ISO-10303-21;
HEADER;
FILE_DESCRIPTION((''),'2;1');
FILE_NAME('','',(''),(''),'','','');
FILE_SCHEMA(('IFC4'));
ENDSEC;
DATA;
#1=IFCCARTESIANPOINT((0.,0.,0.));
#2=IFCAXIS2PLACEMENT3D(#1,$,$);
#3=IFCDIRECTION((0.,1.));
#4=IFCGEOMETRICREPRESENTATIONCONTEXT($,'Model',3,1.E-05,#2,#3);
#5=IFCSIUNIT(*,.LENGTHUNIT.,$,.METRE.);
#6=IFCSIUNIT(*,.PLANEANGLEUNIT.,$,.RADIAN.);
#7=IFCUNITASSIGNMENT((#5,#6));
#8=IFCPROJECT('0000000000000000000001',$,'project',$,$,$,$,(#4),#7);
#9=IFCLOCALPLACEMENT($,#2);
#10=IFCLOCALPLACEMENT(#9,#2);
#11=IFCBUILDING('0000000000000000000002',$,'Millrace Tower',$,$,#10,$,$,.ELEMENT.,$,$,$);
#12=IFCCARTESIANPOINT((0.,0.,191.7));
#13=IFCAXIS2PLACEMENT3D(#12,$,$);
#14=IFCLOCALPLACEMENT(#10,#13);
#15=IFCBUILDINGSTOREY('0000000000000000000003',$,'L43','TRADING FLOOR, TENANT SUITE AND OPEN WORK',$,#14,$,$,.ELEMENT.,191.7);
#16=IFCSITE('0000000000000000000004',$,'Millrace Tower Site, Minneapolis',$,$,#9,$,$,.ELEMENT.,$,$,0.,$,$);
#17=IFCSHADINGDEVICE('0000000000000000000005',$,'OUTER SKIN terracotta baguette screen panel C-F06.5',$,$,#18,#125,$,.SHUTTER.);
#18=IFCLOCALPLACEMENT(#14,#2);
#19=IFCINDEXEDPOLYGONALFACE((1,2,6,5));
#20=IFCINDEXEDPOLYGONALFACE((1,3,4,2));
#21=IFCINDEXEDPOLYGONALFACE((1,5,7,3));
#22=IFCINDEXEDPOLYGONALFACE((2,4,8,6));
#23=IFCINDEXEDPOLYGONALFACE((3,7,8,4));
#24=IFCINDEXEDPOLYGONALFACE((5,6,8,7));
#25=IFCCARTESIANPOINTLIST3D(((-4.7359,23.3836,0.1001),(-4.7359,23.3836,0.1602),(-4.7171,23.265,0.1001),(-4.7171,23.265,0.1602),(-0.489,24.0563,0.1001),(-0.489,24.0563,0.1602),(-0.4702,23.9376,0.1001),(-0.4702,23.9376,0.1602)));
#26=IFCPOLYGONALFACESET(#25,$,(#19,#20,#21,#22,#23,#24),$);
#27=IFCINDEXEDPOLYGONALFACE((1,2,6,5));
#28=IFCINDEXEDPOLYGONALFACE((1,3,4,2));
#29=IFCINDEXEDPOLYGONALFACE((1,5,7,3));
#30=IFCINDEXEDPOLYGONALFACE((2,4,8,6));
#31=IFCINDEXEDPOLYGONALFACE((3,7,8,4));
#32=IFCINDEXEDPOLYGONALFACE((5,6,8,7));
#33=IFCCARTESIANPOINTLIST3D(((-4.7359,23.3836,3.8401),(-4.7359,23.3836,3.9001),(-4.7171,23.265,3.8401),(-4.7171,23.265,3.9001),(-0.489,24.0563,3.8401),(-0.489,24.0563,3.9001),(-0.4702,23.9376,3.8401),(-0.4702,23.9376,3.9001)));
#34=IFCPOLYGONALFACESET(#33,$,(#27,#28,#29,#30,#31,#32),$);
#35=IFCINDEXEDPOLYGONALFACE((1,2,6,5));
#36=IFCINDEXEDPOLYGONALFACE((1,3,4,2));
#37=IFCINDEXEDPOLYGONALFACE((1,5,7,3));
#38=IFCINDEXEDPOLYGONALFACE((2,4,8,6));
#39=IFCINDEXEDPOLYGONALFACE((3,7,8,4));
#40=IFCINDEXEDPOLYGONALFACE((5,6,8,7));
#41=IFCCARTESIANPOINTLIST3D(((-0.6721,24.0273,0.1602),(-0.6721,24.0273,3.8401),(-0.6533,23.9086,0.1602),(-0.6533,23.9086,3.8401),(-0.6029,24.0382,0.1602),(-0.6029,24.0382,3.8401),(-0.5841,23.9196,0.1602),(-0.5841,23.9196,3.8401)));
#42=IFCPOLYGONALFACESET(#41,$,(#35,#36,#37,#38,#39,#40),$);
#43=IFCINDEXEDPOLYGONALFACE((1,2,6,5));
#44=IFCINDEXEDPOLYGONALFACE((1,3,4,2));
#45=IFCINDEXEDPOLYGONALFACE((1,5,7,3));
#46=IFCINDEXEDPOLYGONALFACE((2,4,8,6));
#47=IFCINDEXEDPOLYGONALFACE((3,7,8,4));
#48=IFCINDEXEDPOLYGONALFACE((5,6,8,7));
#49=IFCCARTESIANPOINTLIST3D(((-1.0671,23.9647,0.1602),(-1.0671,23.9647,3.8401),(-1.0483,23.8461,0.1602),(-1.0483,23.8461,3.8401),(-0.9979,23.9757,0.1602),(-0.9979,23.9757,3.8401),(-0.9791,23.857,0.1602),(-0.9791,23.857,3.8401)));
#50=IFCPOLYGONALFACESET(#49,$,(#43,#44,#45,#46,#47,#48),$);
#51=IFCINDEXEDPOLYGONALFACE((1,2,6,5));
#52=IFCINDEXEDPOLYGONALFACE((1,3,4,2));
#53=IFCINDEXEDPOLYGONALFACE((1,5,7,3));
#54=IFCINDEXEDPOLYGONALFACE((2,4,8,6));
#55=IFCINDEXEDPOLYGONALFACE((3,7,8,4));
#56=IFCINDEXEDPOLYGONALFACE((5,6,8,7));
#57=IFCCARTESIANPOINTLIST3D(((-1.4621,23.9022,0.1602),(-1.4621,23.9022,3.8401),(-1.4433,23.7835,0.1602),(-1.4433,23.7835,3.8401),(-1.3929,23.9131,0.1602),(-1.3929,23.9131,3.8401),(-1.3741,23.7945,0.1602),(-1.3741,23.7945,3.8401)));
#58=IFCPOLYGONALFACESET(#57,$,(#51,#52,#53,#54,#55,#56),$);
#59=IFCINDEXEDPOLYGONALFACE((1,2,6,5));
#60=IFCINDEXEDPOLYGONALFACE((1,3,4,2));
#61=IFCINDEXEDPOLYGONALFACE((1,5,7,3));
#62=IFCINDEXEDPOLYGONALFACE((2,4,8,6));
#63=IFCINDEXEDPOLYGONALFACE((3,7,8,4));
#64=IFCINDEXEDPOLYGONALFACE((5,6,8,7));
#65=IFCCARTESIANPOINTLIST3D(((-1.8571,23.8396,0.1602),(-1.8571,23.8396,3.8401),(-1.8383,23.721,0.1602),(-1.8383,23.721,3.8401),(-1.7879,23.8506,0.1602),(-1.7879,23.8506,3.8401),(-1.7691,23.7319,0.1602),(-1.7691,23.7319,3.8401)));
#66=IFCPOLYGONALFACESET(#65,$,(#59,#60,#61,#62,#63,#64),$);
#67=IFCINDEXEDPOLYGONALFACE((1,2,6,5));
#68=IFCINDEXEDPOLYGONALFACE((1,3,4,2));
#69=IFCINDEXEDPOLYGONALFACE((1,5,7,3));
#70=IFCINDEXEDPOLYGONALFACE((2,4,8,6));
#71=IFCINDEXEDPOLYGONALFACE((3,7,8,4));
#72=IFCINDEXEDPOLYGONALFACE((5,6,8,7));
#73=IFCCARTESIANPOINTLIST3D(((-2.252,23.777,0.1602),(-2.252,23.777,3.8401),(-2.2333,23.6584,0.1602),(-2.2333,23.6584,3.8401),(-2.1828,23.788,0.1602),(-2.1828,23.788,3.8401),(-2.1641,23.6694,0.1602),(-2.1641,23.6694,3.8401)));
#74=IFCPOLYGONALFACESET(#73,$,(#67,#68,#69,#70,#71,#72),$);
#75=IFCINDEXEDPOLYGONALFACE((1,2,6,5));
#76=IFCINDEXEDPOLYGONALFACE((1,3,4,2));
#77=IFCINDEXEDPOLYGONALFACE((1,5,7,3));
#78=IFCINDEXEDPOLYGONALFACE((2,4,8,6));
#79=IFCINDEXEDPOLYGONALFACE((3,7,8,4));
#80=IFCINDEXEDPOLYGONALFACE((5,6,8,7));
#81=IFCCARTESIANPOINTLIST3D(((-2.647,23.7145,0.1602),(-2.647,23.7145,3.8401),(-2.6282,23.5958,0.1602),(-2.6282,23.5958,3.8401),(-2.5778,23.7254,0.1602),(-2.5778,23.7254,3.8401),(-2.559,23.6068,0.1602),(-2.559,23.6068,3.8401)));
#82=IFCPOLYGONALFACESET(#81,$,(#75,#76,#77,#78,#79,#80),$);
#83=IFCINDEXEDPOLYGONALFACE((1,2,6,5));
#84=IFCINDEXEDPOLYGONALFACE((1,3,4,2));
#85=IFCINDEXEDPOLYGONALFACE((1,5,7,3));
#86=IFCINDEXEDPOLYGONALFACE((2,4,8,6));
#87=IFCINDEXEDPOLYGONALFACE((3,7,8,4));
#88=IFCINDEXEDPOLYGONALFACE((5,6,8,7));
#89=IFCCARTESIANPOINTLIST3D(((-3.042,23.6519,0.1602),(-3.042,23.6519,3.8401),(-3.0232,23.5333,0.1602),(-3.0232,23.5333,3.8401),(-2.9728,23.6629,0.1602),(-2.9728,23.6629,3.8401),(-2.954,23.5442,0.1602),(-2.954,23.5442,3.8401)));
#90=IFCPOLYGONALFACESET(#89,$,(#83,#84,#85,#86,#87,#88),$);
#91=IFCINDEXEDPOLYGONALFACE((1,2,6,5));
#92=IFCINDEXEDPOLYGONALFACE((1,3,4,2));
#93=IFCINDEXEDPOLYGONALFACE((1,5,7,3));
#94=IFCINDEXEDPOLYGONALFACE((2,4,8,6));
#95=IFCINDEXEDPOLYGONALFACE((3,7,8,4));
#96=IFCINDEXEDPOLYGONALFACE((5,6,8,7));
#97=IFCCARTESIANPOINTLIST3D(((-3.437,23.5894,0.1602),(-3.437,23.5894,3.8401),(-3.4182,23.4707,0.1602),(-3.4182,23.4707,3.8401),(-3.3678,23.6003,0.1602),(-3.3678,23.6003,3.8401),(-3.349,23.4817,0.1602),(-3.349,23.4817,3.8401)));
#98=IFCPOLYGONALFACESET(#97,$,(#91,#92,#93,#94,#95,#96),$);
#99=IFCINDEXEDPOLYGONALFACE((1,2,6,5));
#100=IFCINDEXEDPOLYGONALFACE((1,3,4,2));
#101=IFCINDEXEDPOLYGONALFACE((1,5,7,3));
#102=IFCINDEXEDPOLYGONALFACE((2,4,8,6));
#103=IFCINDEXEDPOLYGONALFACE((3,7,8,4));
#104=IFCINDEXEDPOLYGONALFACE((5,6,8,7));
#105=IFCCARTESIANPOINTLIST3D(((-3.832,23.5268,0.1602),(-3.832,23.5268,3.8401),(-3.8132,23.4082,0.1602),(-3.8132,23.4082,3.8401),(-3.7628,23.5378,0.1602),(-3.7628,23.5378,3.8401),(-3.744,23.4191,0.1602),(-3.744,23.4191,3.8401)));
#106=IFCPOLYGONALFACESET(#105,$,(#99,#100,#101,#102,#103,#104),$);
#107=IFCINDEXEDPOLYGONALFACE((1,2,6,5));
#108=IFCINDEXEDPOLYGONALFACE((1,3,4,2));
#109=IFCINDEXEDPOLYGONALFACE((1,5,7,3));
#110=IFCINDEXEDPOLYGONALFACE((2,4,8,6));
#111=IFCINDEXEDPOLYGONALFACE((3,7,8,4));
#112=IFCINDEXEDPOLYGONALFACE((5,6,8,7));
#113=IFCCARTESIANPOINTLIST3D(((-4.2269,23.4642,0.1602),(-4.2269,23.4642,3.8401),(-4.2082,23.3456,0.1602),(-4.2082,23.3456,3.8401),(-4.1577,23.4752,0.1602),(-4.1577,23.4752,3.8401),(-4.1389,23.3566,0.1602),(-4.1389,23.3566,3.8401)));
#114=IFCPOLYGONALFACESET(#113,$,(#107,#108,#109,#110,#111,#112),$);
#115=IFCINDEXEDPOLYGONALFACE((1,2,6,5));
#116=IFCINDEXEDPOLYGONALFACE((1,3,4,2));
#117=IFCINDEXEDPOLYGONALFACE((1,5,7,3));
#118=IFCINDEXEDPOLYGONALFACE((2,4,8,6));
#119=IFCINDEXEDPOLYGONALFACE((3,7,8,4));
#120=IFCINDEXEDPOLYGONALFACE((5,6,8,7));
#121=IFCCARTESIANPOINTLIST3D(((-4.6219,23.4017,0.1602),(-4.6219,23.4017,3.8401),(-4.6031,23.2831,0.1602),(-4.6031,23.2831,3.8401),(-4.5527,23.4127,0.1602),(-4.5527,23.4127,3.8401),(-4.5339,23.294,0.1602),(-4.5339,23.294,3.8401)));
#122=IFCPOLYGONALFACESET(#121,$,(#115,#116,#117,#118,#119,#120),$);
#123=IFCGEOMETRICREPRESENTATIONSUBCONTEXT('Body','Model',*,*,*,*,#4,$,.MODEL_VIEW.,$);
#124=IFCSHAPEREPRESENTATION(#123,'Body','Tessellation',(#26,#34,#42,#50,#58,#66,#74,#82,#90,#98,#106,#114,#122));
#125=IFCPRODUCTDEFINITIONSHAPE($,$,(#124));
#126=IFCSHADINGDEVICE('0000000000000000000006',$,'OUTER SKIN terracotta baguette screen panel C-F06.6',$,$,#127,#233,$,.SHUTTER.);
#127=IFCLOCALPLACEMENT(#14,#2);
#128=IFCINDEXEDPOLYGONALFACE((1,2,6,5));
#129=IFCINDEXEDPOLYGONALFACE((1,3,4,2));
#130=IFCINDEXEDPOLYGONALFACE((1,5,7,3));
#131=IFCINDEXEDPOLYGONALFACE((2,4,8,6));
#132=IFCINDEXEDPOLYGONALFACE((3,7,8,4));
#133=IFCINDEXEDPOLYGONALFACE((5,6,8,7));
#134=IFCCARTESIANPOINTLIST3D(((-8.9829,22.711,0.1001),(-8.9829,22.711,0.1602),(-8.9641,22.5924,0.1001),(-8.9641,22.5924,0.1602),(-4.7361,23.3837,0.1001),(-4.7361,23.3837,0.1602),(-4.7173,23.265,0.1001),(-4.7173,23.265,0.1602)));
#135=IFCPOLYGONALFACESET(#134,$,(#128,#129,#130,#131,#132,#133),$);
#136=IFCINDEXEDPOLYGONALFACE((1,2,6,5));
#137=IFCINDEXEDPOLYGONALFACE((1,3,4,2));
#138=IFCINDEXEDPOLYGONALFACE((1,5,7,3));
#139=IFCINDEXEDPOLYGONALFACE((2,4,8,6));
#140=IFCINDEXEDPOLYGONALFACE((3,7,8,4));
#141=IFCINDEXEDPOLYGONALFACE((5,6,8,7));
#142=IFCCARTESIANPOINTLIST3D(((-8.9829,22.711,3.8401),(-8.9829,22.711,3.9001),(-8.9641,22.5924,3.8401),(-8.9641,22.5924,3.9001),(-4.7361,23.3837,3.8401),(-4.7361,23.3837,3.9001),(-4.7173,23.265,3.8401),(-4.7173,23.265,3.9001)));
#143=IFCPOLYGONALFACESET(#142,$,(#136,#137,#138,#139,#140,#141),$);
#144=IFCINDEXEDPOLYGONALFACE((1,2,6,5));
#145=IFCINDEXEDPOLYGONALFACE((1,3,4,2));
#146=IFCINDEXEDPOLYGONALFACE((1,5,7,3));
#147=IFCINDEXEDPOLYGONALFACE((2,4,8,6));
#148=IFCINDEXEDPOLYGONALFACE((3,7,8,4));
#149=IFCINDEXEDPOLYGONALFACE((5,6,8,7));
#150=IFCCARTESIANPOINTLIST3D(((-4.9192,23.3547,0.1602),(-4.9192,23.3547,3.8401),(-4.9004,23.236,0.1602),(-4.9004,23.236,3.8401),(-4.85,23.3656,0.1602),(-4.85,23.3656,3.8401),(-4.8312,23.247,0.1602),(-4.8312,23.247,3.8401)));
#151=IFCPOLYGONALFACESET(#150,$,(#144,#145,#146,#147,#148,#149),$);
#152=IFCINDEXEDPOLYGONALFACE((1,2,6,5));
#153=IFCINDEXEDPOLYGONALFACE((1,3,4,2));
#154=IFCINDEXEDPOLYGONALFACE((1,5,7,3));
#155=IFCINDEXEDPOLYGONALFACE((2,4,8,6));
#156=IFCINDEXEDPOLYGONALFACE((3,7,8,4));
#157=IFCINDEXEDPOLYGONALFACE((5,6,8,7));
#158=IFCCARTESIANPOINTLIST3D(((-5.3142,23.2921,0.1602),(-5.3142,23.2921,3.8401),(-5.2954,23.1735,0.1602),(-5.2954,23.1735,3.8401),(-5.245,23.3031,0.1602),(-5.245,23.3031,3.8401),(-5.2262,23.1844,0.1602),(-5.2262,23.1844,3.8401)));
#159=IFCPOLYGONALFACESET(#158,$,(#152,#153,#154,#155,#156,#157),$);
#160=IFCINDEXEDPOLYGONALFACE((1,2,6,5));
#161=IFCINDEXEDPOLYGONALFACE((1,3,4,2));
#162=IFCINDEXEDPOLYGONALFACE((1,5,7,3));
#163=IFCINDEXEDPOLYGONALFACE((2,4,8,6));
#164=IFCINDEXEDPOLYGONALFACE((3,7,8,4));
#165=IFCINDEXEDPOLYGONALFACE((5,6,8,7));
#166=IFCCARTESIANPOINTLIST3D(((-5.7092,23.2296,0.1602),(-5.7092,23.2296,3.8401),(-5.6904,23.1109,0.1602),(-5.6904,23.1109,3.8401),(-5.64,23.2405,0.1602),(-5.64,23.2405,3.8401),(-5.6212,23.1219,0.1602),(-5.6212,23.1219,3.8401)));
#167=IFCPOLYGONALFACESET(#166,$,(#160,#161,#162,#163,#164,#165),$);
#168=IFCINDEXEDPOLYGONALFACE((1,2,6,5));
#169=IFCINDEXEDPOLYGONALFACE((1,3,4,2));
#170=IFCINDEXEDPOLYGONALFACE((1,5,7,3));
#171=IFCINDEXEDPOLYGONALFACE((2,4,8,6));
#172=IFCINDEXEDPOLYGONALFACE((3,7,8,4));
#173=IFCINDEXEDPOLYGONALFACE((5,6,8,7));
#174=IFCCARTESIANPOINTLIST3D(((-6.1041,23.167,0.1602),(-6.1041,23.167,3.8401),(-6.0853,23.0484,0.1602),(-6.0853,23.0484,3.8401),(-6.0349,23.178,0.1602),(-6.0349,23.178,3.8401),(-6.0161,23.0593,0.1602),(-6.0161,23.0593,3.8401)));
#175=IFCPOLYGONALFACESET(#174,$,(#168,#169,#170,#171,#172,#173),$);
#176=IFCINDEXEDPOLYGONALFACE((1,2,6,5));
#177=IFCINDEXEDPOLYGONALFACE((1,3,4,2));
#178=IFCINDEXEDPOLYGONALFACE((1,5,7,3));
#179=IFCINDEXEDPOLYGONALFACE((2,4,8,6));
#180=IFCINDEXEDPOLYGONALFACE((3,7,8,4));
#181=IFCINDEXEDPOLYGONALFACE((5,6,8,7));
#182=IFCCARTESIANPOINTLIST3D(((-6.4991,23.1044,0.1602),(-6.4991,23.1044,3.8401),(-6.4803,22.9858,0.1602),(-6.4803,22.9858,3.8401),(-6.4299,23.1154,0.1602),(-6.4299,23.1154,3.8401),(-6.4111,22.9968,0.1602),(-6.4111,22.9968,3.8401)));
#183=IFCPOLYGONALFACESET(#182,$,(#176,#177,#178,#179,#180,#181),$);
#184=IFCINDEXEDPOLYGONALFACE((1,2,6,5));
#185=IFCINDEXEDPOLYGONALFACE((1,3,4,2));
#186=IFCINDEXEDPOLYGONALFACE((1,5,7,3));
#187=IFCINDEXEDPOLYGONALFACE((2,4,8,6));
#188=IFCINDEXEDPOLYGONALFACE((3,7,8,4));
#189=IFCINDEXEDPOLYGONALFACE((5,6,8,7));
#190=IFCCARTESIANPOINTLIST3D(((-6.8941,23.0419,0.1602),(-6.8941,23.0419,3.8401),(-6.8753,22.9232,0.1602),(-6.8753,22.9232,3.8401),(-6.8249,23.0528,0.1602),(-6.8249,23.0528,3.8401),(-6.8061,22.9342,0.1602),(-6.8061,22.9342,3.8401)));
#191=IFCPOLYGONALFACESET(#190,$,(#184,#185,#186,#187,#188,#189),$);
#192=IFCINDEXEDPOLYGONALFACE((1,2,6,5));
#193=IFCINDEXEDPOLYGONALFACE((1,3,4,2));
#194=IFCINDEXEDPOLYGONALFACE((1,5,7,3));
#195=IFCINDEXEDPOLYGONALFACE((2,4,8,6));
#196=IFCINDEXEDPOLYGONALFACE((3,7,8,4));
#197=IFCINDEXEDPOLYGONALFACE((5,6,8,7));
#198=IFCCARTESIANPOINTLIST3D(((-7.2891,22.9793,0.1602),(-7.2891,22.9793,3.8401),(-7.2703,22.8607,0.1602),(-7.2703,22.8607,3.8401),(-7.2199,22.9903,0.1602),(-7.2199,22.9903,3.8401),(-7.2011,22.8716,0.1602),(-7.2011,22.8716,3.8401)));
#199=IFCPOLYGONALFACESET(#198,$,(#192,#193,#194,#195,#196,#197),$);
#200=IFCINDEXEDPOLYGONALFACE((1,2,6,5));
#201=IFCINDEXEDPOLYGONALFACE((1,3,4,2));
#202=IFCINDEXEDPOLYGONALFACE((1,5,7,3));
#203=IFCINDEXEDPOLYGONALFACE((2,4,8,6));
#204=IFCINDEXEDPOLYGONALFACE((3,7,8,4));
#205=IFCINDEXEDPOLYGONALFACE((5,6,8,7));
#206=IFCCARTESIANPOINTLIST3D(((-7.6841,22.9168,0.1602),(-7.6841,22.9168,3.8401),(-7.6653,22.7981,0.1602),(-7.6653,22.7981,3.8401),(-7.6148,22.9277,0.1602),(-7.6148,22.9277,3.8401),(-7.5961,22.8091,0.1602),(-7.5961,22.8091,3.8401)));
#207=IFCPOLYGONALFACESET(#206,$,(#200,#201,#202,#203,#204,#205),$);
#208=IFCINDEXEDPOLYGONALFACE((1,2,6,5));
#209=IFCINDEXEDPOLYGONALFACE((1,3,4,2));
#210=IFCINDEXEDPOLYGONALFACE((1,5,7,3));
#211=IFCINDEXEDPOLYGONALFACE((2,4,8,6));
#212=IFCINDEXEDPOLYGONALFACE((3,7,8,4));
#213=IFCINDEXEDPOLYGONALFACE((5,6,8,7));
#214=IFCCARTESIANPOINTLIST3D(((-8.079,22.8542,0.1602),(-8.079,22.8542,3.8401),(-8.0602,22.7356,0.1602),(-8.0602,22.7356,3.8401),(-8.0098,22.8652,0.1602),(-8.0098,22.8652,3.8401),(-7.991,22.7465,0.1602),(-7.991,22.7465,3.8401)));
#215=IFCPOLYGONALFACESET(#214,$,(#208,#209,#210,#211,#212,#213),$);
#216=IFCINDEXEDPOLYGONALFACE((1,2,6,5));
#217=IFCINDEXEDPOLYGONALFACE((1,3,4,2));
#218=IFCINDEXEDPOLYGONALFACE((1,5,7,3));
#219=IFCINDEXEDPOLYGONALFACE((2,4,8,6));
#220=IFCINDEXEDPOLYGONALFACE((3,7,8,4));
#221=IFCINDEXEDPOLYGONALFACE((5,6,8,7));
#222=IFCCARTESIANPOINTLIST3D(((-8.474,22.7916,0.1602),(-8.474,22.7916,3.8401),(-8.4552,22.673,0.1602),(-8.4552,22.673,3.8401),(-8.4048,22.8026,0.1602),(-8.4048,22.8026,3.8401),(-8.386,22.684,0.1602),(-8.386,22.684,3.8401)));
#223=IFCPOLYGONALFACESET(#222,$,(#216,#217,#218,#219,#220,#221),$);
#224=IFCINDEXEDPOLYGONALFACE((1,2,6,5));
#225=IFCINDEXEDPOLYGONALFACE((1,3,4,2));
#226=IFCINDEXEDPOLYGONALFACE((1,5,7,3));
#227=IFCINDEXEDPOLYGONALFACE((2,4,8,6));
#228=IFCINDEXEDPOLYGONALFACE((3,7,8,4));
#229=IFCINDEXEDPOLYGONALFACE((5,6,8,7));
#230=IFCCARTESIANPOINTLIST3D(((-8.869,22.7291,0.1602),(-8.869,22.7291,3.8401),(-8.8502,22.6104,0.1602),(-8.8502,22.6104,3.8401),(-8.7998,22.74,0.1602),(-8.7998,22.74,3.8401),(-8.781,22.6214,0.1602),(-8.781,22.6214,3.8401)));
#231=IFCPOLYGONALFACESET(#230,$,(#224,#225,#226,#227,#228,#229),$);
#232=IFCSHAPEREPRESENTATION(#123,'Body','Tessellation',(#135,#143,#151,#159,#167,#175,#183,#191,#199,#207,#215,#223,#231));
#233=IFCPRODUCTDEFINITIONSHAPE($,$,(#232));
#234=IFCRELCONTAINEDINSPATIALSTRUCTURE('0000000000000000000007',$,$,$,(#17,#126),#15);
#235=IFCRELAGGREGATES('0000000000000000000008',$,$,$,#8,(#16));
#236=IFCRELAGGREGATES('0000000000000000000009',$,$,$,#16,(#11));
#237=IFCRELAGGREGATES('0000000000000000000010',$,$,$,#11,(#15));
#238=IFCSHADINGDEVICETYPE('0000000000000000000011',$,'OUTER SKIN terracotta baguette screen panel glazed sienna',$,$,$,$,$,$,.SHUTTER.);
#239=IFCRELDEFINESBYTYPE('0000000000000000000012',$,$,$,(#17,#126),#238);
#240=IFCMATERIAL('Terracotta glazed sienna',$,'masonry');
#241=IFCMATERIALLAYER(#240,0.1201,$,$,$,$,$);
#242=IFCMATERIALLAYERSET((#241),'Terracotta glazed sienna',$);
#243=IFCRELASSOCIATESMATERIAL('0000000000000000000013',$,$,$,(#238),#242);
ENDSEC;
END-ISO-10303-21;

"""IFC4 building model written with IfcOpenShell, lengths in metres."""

from ifc_helpers import new_model, entity, si_unit, direction, frame, frame_2d, origin, origin_2d, place, context, subcontext, project, spatial, rectangle, extrude, source, transform, mapped, material, layer, layer_set, type_object, element, save


model = new_model("IFC4")

# Units and contexts
model_context = context("Model", 3, precision=1e-05, world=origin(), true_north=direction((0.0, 1.0)))
body_context = subcontext(model_context, "Body", "Model", "MODEL_VIEW")
ifc_project = project(units=[si_unit("LENGTHUNIT", "METRE"), si_unit("PLANEANGLEUNIT", "RADIAN")], contexts=[model_context])

# Site, building, storey
site_placement = place(None, origin())
site = spatial("IfcSite", under=ifc_project, at=site_placement, Name="Millrace Tower Site, Minneapolis", CompositionType="ELEMENT", RefElevation=0.0)
building_placement = place(site_placement, origin())
building = spatial("IfcBuilding", under=site, at=building_placement, Name="Millrace Tower", CompositionType="ELEMENT")
storey_placement = place(building_placement, frame((0.0, 0.0, 191.7)))
storey = spatial("IfcBuildingStorey", under=building, at=storey_placement, Name="L43", Description="TRADING FLOOR, TENANT SUITE AND OPEN WORK", CompositionType="ELEMENT", Elevation=191.7)

# Shading devices
ifc_material_1 = material(Name="Terracotta glazed sienna", Category="masonry")
ifc_layer_1 = layer(ifc_material_1, 0.1201)
ifc_layer_set_1 = layer_set([ifc_layer_1], Name="Terracotta glazed sienna")
shading_device_type = type_object("IfcShadingDeviceType", Name="OUTER SKIN terracotta baguette screen panel glazed sienna", PredefinedType="SHUTTER", material=ifc_layer_set_1)
cartesian_point = entity("IfcCartesianPoint", [-2.1499, 0.0601])
shared_polyline = entity("IfcPolyline", [cartesian_point, entity("IfcCartesianPoint", [2.1499, 0.0601]), entity("IfcCartesianPoint", [2.1499, -0.0601]), entity("IfcCartesianPoint", [-2.1499, -0.0601]), cartesian_point])
shared_shape = source(origin(), body_context, "Body", "SweptSolid", [
    entity("IfcExtrudedAreaSolid", entity("IfcArbitraryClosedProfileDef", "AREA", None, shared_polyline), entity("IfcAxis2Placement3D", entity("IfcCartesianPoint", [0.0, 0.0, 0.0])), entity("IfcDirection", [0.0, 0.0, 1.0]), 0.0601),
    entity("IfcExtrudedAreaSolid", entity("IfcArbitraryClosedProfileDef", "AREA", None, shared_polyline), entity("IfcAxis2Placement3D", entity("IfcCartesianPoint", [0.0, 0.0, 3.74])), entity("IfcDirection", [0.0, 0.0, 1.0]), 0.0601),
    extrude(rectangle(XDim=0.0701, YDim=0.1201, at=frame_2d((-1.9995, 0.0))), frame((0.0, 0.0, 0.0601)), (0.0, 0.0, 1.0), 3.6799),
    extrude(rectangle(XDim=0.0701, YDim=0.1201, at=frame_2d((-1.5996, 0.0))), frame((0.0, 0.0, 0.0601)), (0.0, 0.0, 1.0), 3.6799),
    extrude(rectangle(XDim=0.0701, YDim=0.1201, at=frame_2d((-1.1997, 0.0))), frame((0.0, 0.0, 0.0601)), (0.0, 0.0, 1.0), 3.6799),
    extrude(rectangle(XDim=0.0701, YDim=0.1201, at=frame_2d((-0.7998, 0.0))), frame((0.0, 0.0, 0.0601)), (0.0, 0.0, 1.0), 3.6799),
    extrude(rectangle(XDim=0.0701, YDim=0.1201, at=frame_2d((-0.3999, 0.0))), frame((0.0, 0.0, 0.0601)), (0.0, 0.0, 1.0), 3.6799),
    extrude(rectangle(XDim=0.0701, YDim=0.1201, at=origin_2d()), frame((0.0, 0.0, 0.0601)), (0.0, 0.0, 1.0), 3.6799),
    extrude(rectangle(XDim=0.0701, YDim=0.1201, at=frame_2d((0.3999, 0.0))), frame((0.0, 0.0, 0.0601)), (0.0, 0.0, 1.0), 3.6799),
    extrude(rectangle(XDim=0.0701, YDim=0.1201, at=frame_2d((0.7998, 0.0))), frame((0.0, 0.0, 0.0601)), (0.0, 0.0, 1.0), 3.6799),
    extrude(rectangle(XDim=0.0701, YDim=0.1201, at=frame_2d((1.1997, 0.0))), frame((0.0, 0.0, 0.0601)), (0.0, 0.0, 1.0), 3.6799),
    extrude(rectangle(XDim=0.0701, YDim=0.1201, at=frame_2d((1.5996, 0.0))), frame((0.0, 0.0, 0.0601)), (0.0, 0.0, 1.0), 3.6799),
    extrude(rectangle(XDim=0.0701, YDim=0.1201, at=frame_2d((1.9995, 0.0))), frame((0.0, 0.0, 0.0601)), (0.0, 0.0, 1.0), 3.6799),
])
for number, where, z_axis, x_axis, name in (
    (1, (-2.603, 23.6606, 0.1001), (0.0, 0.0, 1.0), (-0.987688, -0.156434, 0.0), "OUTER SKIN terracotta baguette screen panel C-F06.5"),
    (2, (-6.8501, 22.988, 0.1001), (0.0, 0.0, 1.0), (-0.987688, -0.156434, 0.0), "OUTER SKIN terracotta baguette screen panel C-F06.6"),
):
    element("IfcShadingDevice", number, at=place(storey_placement, frame(where, z_axis=z_axis, x_axis=x_axis)), inside=storey, type_object=shading_device_type, Name=name, PredefinedType="SHUTTER", context=body_context, shape_type="MappedRepresentation", body=[
        mapped(shared_shape, transform((0.0, 0.0, 0.0), scale=1.0)),
    ])

save(model, "model.ifc")
